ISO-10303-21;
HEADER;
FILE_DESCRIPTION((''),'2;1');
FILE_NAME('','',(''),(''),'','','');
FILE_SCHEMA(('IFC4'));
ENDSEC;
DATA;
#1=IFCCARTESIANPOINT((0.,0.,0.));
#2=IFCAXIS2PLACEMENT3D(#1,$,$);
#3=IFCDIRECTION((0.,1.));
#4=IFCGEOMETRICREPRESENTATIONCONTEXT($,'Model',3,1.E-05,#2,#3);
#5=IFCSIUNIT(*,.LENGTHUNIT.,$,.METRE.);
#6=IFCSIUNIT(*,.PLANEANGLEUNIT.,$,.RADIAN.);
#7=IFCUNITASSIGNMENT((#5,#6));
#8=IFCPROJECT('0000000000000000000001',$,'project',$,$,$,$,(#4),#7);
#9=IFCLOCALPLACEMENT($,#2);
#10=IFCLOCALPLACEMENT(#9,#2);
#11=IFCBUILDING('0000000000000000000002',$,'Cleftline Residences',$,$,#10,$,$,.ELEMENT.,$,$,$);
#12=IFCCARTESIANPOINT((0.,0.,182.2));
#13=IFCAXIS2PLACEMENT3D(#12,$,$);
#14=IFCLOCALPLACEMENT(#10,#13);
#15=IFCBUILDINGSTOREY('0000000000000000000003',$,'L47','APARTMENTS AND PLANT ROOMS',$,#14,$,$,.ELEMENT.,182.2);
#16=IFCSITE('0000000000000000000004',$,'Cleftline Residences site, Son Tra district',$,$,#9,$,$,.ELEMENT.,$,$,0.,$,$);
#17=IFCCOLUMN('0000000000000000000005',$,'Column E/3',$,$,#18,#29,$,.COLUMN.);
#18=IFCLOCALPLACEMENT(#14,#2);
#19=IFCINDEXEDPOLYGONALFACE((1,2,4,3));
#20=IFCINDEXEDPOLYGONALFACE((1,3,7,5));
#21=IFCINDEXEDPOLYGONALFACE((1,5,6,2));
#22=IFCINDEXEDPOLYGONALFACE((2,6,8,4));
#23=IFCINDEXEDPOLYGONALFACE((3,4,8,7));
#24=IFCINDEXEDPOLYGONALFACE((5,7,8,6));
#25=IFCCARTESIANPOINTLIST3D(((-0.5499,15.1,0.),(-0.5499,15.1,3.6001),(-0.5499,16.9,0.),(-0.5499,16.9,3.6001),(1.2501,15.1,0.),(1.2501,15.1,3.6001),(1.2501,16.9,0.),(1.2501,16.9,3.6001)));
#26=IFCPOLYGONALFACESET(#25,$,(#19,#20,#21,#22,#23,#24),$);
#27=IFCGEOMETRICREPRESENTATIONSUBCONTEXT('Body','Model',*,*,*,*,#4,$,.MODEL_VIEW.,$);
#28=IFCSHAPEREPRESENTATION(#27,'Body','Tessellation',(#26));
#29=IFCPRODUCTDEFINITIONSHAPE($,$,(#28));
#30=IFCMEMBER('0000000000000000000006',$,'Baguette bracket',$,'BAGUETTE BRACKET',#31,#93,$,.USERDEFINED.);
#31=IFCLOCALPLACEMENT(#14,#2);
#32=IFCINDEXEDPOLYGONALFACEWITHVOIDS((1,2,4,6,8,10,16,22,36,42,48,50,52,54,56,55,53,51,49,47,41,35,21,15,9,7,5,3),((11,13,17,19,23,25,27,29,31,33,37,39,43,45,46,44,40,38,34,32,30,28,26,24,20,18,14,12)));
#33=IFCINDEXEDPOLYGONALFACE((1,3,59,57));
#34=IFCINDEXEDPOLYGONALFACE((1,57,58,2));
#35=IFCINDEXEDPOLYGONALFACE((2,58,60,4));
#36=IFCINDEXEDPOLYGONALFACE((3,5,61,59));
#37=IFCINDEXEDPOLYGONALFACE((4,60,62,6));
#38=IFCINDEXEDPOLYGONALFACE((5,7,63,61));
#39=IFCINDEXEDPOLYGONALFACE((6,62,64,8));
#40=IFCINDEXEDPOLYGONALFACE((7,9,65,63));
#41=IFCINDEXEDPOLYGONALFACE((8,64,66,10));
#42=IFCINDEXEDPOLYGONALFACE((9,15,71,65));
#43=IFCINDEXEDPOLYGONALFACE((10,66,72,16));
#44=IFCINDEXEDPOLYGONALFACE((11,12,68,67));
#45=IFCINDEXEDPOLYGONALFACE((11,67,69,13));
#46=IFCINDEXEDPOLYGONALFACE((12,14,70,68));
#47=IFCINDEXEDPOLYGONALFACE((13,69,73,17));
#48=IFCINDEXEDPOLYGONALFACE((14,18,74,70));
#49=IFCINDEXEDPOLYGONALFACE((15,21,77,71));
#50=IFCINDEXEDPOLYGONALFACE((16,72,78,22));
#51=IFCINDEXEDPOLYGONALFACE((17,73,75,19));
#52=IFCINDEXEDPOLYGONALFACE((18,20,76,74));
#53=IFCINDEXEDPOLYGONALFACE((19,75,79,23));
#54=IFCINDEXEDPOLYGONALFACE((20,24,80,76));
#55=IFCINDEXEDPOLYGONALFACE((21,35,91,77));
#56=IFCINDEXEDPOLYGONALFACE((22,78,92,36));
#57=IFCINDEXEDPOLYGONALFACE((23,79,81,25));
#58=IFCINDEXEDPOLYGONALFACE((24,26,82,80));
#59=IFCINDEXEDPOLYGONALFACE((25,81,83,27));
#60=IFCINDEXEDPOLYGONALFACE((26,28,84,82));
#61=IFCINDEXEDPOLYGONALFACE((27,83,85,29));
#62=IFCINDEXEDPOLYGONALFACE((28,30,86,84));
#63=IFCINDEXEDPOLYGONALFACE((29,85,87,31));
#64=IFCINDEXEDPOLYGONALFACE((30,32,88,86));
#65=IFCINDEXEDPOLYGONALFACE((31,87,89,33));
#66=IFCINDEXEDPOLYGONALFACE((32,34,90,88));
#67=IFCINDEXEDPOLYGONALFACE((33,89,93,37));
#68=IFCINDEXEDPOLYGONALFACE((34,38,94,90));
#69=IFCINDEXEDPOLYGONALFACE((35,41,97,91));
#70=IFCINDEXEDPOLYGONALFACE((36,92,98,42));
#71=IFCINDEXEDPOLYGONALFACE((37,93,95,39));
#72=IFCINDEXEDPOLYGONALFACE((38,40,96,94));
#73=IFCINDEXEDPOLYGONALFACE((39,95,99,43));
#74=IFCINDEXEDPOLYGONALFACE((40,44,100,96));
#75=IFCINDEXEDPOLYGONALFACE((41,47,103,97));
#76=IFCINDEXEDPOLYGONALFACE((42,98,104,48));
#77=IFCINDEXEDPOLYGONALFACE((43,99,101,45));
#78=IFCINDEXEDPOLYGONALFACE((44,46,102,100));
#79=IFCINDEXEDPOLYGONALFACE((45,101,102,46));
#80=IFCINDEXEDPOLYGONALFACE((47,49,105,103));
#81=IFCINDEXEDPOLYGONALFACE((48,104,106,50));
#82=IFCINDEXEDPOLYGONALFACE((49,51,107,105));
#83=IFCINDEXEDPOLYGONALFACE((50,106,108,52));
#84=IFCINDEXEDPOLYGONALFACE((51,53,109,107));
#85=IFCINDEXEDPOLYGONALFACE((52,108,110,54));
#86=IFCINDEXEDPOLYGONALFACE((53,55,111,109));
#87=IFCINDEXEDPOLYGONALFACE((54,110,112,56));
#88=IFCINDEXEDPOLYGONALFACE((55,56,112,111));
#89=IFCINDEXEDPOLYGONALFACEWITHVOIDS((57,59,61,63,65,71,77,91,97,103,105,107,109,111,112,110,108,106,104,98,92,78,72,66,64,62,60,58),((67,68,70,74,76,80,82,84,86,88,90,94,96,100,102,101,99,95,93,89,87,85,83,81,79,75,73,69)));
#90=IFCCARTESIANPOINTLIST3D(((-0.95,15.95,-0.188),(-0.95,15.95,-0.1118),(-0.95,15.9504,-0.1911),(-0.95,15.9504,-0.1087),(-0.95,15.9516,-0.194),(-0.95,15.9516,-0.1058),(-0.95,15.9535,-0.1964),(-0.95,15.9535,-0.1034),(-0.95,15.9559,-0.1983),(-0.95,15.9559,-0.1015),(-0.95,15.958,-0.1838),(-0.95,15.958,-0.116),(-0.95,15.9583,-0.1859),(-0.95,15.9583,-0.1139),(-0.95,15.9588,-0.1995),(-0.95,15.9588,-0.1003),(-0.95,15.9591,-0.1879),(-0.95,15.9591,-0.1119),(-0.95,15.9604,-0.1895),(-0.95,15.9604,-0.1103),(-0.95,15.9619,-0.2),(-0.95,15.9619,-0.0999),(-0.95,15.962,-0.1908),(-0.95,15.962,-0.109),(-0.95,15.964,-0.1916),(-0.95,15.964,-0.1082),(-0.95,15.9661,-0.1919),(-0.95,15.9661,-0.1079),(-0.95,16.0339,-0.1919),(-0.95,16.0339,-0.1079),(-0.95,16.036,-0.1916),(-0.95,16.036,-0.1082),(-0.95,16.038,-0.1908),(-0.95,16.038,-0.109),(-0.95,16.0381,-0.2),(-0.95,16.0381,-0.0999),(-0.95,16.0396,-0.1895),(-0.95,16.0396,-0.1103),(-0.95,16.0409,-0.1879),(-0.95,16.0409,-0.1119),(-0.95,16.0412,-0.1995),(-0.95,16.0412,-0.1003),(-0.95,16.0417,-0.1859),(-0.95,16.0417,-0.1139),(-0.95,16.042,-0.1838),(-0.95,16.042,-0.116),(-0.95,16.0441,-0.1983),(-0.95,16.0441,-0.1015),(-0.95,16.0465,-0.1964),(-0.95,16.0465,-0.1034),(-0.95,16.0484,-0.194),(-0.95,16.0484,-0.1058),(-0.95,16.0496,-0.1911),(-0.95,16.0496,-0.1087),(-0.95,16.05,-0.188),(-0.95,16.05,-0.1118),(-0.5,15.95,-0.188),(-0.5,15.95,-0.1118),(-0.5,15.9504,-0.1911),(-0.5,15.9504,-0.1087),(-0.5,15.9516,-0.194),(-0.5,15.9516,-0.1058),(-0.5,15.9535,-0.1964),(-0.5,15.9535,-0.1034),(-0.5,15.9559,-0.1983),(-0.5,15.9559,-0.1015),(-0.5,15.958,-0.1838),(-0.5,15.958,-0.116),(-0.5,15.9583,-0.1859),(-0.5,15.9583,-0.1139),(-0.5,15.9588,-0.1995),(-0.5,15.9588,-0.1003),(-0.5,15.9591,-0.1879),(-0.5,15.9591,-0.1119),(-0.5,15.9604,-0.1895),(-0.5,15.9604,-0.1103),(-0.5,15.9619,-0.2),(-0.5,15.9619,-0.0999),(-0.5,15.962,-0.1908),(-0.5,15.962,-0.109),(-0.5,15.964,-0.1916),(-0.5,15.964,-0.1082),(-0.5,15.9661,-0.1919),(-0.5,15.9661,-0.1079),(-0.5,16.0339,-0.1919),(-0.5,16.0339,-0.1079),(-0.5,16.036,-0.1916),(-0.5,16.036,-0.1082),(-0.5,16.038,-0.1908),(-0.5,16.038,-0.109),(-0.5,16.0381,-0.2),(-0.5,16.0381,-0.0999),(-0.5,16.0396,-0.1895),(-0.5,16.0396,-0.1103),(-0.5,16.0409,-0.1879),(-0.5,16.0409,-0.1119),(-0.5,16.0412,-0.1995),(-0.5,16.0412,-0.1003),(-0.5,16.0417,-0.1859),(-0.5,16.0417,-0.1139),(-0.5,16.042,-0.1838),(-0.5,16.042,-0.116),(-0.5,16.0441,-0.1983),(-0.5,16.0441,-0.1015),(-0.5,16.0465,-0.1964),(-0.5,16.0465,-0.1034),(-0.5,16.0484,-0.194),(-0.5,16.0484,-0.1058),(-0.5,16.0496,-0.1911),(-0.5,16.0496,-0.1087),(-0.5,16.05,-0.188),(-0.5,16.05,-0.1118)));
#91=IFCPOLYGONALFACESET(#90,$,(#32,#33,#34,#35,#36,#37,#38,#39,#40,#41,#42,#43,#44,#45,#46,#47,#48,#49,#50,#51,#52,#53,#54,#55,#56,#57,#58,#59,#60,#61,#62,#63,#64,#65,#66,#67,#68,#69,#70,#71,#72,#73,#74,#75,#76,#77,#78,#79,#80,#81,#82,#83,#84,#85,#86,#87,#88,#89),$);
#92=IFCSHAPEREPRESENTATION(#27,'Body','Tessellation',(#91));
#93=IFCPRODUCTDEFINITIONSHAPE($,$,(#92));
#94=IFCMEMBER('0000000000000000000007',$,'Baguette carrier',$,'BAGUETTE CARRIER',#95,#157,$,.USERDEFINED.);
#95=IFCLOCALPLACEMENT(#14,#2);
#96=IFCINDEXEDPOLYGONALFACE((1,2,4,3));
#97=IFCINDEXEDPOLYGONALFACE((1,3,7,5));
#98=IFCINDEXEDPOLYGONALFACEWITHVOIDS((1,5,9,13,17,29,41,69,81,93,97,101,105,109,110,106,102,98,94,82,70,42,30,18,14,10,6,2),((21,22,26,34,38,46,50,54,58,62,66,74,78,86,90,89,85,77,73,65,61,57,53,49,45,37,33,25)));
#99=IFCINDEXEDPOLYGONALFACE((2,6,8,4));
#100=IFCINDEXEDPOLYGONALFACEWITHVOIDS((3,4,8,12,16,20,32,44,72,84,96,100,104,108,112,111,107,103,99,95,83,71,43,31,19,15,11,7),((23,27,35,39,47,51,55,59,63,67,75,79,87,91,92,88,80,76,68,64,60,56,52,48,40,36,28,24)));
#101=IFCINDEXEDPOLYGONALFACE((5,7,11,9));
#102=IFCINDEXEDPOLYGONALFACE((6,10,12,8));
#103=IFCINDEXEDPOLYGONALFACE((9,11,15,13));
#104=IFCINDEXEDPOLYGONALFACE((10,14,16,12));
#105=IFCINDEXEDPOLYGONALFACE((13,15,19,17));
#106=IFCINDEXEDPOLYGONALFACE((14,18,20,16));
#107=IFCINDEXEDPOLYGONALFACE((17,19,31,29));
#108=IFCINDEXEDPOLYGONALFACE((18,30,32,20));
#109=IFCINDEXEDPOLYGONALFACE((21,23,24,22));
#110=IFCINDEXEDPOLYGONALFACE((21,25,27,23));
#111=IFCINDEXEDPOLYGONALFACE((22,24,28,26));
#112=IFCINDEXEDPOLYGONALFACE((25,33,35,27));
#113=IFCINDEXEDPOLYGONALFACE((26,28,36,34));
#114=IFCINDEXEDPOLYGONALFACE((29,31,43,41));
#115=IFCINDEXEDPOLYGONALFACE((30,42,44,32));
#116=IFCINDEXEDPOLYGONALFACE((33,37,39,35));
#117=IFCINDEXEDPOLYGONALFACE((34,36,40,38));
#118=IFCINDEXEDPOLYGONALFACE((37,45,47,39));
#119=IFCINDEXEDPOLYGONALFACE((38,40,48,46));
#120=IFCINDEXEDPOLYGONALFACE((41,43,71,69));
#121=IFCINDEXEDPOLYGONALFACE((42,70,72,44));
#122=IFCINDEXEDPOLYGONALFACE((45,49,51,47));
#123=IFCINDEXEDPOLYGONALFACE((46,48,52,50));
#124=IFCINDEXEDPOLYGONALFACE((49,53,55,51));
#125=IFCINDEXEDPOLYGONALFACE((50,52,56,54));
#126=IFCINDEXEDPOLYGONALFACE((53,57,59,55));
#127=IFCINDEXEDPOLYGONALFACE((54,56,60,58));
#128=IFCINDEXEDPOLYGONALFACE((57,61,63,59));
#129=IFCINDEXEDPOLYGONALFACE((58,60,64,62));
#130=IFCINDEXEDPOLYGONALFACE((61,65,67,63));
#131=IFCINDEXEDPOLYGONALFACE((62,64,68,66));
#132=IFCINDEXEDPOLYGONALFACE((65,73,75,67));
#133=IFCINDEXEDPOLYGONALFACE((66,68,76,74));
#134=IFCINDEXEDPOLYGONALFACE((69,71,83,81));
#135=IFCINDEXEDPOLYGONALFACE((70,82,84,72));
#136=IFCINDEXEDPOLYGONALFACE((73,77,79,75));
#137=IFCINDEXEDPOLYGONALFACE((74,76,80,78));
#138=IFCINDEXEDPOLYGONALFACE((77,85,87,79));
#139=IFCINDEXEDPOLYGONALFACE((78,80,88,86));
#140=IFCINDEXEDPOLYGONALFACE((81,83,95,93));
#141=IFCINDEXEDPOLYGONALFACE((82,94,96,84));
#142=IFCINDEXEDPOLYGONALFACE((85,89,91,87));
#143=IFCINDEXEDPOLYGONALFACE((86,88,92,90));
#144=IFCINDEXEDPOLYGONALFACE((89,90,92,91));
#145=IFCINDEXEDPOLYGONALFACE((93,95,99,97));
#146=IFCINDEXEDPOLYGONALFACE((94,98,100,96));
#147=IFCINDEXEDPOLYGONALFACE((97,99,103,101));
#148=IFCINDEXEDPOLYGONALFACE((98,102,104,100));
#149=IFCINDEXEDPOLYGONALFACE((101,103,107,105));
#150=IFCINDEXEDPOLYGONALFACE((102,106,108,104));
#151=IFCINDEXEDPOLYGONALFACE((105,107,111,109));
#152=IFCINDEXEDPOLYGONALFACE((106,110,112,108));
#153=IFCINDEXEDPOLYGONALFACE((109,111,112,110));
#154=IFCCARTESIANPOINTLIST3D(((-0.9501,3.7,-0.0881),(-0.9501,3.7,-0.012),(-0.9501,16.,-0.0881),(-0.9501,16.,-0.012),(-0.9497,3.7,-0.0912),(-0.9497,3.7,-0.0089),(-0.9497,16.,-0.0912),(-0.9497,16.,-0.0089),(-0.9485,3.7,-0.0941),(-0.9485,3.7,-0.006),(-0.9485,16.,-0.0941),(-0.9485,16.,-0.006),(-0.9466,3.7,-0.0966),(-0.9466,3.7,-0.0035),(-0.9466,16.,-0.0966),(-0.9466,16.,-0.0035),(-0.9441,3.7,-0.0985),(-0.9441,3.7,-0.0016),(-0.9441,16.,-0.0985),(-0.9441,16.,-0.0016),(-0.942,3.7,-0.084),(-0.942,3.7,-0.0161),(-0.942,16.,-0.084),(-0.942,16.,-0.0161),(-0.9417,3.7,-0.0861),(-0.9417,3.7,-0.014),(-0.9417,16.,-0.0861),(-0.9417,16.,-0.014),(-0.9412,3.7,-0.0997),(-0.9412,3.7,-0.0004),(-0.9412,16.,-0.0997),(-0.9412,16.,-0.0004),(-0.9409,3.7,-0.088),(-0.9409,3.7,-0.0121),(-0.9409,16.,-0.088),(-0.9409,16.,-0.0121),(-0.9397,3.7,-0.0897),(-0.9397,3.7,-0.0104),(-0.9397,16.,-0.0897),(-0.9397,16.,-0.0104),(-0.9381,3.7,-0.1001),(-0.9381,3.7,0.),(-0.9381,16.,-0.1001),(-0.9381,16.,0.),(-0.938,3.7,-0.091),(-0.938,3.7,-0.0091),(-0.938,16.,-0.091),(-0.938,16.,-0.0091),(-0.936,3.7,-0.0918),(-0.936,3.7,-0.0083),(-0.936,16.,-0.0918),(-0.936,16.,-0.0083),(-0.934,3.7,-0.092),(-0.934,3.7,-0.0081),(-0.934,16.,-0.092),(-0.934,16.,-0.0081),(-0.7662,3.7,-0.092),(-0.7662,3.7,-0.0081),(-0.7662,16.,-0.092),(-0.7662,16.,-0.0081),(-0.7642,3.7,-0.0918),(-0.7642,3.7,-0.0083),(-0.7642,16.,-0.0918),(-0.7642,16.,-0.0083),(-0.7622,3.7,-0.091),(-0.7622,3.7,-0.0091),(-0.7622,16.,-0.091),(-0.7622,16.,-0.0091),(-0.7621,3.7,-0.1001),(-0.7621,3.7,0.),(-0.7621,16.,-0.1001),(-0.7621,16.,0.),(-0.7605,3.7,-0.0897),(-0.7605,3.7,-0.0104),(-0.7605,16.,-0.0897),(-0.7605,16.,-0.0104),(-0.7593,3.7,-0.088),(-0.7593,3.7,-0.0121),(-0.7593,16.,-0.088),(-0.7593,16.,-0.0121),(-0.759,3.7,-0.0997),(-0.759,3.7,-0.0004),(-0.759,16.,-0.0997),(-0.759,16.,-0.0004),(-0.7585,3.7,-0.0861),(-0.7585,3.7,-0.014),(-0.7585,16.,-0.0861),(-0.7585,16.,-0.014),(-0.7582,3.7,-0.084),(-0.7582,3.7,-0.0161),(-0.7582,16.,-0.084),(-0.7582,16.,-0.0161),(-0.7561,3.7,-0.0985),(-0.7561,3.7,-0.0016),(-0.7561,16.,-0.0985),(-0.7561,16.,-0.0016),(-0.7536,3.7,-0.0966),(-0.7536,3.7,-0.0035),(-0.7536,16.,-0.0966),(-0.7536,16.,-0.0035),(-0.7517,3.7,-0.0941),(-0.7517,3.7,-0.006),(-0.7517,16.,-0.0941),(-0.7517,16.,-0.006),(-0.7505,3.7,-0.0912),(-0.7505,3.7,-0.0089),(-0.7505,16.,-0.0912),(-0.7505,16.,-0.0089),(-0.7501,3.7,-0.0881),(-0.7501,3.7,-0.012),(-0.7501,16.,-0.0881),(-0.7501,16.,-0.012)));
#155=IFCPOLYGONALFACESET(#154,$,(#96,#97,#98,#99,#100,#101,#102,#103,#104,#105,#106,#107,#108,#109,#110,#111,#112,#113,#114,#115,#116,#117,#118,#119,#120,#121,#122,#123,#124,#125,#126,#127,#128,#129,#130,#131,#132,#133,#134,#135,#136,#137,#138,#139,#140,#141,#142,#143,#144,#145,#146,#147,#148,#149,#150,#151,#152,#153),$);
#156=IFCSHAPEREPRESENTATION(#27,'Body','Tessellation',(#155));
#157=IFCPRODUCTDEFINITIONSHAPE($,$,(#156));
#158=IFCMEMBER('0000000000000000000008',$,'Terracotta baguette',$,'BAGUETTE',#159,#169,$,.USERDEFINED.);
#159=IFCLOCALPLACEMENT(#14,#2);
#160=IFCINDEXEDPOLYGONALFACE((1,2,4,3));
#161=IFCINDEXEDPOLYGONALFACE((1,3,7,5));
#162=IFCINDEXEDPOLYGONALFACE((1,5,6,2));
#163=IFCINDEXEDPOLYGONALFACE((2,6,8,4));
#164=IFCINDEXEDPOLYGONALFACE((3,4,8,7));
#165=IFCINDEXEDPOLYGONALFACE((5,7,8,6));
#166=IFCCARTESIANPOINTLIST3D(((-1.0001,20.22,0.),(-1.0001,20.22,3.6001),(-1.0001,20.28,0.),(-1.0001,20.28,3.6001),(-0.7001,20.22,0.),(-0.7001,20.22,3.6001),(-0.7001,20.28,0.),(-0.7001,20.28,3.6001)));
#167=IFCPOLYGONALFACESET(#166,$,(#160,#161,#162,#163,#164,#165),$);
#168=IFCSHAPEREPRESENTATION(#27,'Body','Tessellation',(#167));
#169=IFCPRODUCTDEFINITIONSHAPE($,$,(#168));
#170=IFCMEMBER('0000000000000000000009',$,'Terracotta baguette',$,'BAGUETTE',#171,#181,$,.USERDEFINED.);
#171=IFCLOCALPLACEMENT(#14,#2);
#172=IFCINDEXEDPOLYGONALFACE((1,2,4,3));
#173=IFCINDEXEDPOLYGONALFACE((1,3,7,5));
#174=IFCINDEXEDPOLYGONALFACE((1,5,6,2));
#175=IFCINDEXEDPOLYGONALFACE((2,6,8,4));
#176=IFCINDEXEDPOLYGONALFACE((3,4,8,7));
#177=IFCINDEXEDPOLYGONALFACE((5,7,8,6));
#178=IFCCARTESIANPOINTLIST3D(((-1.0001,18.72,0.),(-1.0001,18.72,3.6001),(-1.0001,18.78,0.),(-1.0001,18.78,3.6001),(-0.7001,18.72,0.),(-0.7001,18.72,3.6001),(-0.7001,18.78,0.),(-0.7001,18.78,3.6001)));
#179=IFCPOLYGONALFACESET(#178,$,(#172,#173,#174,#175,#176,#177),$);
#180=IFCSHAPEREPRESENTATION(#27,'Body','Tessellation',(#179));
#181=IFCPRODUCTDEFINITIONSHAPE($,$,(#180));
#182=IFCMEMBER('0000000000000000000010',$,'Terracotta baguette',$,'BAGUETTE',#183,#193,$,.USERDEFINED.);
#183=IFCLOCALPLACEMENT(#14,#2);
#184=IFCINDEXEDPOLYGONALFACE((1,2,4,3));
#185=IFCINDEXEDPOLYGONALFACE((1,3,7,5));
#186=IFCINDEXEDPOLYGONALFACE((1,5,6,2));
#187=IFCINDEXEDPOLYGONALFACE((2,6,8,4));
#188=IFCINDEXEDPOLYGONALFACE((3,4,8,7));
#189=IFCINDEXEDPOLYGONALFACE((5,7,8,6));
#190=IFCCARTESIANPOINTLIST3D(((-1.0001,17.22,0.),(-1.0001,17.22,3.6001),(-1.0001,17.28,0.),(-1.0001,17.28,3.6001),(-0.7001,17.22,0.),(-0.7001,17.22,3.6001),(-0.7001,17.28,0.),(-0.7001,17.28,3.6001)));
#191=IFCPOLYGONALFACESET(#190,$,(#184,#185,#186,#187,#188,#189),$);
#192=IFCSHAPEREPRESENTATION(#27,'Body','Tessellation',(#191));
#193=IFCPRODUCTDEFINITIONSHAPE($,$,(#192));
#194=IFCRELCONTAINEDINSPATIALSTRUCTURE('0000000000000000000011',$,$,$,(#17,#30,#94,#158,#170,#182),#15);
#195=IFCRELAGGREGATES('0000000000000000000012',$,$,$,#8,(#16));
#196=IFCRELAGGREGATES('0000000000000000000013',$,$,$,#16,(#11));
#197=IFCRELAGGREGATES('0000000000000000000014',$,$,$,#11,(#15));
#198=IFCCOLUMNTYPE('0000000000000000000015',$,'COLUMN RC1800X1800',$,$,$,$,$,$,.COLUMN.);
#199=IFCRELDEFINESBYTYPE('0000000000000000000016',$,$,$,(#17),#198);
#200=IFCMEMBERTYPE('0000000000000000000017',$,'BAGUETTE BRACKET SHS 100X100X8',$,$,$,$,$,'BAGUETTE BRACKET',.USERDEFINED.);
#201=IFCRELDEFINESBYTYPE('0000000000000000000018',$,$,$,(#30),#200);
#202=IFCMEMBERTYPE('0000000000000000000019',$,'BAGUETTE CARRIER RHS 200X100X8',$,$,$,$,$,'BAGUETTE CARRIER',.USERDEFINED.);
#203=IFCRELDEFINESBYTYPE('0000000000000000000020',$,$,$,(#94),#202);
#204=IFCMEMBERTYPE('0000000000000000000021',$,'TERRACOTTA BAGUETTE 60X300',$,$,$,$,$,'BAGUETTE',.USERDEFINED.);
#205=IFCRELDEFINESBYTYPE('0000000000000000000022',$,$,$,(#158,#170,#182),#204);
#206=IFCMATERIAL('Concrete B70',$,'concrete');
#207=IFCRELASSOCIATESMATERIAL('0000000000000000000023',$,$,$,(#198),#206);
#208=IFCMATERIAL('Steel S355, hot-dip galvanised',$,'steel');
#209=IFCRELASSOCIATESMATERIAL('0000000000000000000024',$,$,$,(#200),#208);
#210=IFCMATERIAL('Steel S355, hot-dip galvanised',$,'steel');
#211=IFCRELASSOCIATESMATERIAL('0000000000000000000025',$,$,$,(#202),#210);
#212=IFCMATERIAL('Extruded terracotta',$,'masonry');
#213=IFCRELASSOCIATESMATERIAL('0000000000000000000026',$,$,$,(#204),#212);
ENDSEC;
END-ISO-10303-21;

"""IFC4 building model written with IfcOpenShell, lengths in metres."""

from ifc_helpers import new_model, si_unit, direction, frame, origin, origin_2d, place, context, subcontext, project, spatial, rectangle, hollow_rectangle, extrude, material, material_profile, profile_set, type_object, element, save


model = new_model("IFC4")

# Units and contexts
model_context = context("Model", 3, precision=1e-05, world=origin(), true_north=direction((0.0, 1.0)))
body_context = subcontext(model_context, "Body", "Model", "MODEL_VIEW")
ifc_project = project(units=[si_unit("LENGTHUNIT", "METRE"), si_unit("PLANEANGLEUNIT", "RADIAN")], contexts=[model_context])

# Site, building, storey
site_placement = place(None, origin())
site = spatial("IfcSite", under=ifc_project, at=site_placement, Name="Cleftline Residences site, Son Tra district", CompositionType="ELEMENT", RefElevation=0.0)
building_placement = place(site_placement, origin())
building = spatial("IfcBuilding", under=site, at=building_placement, Name="Cleftline Residences", CompositionType="ELEMENT")
storey_placement = place(building_placement, frame((0.0, 0.0, 182.2)))
storey = spatial("IfcBuildingStorey", under=building, at=storey_placement, Name="L47", Description="APARTMENTS AND PLANT ROOMS", CompositionType="ELEMENT", Elevation=182.2)

# Column
ifc_material_1 = material(Name="Concrete B70", Category="concrete")
ifc_material_profile_1 = material_profile(ifc_material_1, rectangle(XDim=1.8, YDim=1.8, at=origin_2d()))
ifc_profile_set_1 = profile_set([ifc_material_profile_1], Name="Concrete B70")
column_type = type_object("IfcColumnType", Name="COLUMN RC1800X1800", PredefinedType="COLUMN", material=ifc_profile_set_1)
column_placement = place(storey_placement, frame((0.3501, 16.0, 0.0), z_axis=(0.0, 0.0, 1.0), x_axis=(1.0, 0.0, 0.0)))
element("IfcColumn", 1, at=column_placement, inside=storey, type_object=column_type, Name="Column E/3", PredefinedType="COLUMN", context=body_context, shape_type="SweptSolid", body=[
    extrude(rectangle(XDim=1.8, YDim=1.8, at=origin_2d()), origin(), (0.0, 0.0, 1.0), 3.6001),
])

# Members
ifc_material_2 = material(Name="Steel S355, hot-dip galvanised", Category="steel")
ifc_material_profile_2 = material_profile(ifc_material_2, hollow_rectangle(XDim=0.1001, YDim=0.1001, WallThickness=0.0081, InnerFilletRadius=0.0081, OuterFilletRadius=0.012, at=origin_2d()))
ifc_profile_set_2 = profile_set([ifc_material_profile_2], Name="Steel S355, hot-dip galvanised")
member_type_1 = type_object("IfcMemberType", Name="BAGUETTE BRACKET SHS 100X100X8", ElementType="BAGUETTE BRACKET", PredefinedType="USERDEFINED", material=ifc_profile_set_2)
member_1_placement = place(storey_placement, frame((-0.5, 16.0, -0.1499), z_axis=(-1.0, 0.0, 0.0), x_axis=(0.0, -1.0, 0.0)))
element("IfcMember", 2, at=member_1_placement, inside=storey, type_object=member_type_1, Name="Baguette bracket", ObjectType="BAGUETTE BRACKET", PredefinedType="USERDEFINED", context=body_context, shape_type="SweptSolid", body=[
    extrude(hollow_rectangle(XDim=0.1001, YDim=0.1001, WallThickness=0.0081, InnerFilletRadius=0.0081, OuterFilletRadius=0.012, at=origin_2d()), origin(), (0.0, 0.0, 1.0), 0.45),
])
ifc_material_3 = material(Name="Steel S355, hot-dip galvanised", Category="steel")
ifc_material_profile_3 = material_profile(ifc_material_3, hollow_rectangle(XDim=0.1001, YDim=0.2, WallThickness=0.0081, InnerFilletRadius=0.0081, OuterFilletRadius=0.012, at=origin_2d()))
ifc_profile_set_3 = profile_set([ifc_material_profile_3], Name="Steel S355, hot-dip galvanised")
member_type_2 = type_object("IfcMemberType", Name="BAGUETTE CARRIER RHS 200X100X8", ElementType="BAGUETTE CARRIER", PredefinedType="USERDEFINED", material=ifc_profile_set_3)
member_2_placement = place(storey_placement, frame((-0.8501, 16.0, -0.05), z_axis=(0.0, -1.0, 0.0), x_axis=(0.0, 0.0, 1.0)))
element("IfcMember", 3, at=member_2_placement, inside=storey, type_object=member_type_2, Name="Baguette carrier", ObjectType="BAGUETTE CARRIER", PredefinedType="USERDEFINED", context=body_context, shape_type="SweptSolid", body=[
    extrude(hollow_rectangle(XDim=0.1001, YDim=0.2, WallThickness=0.0081, InnerFilletRadius=0.0081, OuterFilletRadius=0.012, at=origin_2d()), origin(), (0.0, 0.0, 1.0), 12.3),
])
ifc_material_4 = material(Name="Extruded terracotta", Category="masonry")
ifc_material_profile_4 = material_profile(ifc_material_4, rectangle(XDim=0.0601, YDim=0.3, at=origin_2d()))
ifc_profile_set_4 = profile_set([ifc_material_profile_4], Name="Extruded terracotta")
member_type_3 = type_object("IfcMemberType", Name="TERRACOTTA BAGUETTE 60X300", ElementType="BAGUETTE", PredefinedType="USERDEFINED", material=ifc_profile_set_4)
for number, where, z_axis, x_axis, name in (
    (4, (-0.8501, 20.25, 0.0), (0.0, 0.0, 1.0), (0.0, 1.0, 0.0), "Terracotta baguette"),
    (5, (-0.8501, 18.75, 0.0), (0.0, 0.0, 1.0), (0.0, 1.0, 0.0), "Terracotta baguette"),
    (6, (-0.8501, 17.25, 0.0), (0.0, 0.0, 1.0), (0.0, 1.0, 0.0), "Terracotta baguette"),
):
    element("IfcMember", number, at=place(storey_placement, frame(where, z_axis=z_axis, x_axis=x_axis)), inside=storey, type_object=member_type_3, Name=name, ObjectType="BAGUETTE", PredefinedType="USERDEFINED", context=body_context, shape_type="SweptSolid", body=[
        extrude(rectangle(XDim=0.0601, YDim=0.3, at=origin_2d()), origin(), (0.0, 0.0, 1.0), 3.6001),
    ])

save(model, "model.ifc")
